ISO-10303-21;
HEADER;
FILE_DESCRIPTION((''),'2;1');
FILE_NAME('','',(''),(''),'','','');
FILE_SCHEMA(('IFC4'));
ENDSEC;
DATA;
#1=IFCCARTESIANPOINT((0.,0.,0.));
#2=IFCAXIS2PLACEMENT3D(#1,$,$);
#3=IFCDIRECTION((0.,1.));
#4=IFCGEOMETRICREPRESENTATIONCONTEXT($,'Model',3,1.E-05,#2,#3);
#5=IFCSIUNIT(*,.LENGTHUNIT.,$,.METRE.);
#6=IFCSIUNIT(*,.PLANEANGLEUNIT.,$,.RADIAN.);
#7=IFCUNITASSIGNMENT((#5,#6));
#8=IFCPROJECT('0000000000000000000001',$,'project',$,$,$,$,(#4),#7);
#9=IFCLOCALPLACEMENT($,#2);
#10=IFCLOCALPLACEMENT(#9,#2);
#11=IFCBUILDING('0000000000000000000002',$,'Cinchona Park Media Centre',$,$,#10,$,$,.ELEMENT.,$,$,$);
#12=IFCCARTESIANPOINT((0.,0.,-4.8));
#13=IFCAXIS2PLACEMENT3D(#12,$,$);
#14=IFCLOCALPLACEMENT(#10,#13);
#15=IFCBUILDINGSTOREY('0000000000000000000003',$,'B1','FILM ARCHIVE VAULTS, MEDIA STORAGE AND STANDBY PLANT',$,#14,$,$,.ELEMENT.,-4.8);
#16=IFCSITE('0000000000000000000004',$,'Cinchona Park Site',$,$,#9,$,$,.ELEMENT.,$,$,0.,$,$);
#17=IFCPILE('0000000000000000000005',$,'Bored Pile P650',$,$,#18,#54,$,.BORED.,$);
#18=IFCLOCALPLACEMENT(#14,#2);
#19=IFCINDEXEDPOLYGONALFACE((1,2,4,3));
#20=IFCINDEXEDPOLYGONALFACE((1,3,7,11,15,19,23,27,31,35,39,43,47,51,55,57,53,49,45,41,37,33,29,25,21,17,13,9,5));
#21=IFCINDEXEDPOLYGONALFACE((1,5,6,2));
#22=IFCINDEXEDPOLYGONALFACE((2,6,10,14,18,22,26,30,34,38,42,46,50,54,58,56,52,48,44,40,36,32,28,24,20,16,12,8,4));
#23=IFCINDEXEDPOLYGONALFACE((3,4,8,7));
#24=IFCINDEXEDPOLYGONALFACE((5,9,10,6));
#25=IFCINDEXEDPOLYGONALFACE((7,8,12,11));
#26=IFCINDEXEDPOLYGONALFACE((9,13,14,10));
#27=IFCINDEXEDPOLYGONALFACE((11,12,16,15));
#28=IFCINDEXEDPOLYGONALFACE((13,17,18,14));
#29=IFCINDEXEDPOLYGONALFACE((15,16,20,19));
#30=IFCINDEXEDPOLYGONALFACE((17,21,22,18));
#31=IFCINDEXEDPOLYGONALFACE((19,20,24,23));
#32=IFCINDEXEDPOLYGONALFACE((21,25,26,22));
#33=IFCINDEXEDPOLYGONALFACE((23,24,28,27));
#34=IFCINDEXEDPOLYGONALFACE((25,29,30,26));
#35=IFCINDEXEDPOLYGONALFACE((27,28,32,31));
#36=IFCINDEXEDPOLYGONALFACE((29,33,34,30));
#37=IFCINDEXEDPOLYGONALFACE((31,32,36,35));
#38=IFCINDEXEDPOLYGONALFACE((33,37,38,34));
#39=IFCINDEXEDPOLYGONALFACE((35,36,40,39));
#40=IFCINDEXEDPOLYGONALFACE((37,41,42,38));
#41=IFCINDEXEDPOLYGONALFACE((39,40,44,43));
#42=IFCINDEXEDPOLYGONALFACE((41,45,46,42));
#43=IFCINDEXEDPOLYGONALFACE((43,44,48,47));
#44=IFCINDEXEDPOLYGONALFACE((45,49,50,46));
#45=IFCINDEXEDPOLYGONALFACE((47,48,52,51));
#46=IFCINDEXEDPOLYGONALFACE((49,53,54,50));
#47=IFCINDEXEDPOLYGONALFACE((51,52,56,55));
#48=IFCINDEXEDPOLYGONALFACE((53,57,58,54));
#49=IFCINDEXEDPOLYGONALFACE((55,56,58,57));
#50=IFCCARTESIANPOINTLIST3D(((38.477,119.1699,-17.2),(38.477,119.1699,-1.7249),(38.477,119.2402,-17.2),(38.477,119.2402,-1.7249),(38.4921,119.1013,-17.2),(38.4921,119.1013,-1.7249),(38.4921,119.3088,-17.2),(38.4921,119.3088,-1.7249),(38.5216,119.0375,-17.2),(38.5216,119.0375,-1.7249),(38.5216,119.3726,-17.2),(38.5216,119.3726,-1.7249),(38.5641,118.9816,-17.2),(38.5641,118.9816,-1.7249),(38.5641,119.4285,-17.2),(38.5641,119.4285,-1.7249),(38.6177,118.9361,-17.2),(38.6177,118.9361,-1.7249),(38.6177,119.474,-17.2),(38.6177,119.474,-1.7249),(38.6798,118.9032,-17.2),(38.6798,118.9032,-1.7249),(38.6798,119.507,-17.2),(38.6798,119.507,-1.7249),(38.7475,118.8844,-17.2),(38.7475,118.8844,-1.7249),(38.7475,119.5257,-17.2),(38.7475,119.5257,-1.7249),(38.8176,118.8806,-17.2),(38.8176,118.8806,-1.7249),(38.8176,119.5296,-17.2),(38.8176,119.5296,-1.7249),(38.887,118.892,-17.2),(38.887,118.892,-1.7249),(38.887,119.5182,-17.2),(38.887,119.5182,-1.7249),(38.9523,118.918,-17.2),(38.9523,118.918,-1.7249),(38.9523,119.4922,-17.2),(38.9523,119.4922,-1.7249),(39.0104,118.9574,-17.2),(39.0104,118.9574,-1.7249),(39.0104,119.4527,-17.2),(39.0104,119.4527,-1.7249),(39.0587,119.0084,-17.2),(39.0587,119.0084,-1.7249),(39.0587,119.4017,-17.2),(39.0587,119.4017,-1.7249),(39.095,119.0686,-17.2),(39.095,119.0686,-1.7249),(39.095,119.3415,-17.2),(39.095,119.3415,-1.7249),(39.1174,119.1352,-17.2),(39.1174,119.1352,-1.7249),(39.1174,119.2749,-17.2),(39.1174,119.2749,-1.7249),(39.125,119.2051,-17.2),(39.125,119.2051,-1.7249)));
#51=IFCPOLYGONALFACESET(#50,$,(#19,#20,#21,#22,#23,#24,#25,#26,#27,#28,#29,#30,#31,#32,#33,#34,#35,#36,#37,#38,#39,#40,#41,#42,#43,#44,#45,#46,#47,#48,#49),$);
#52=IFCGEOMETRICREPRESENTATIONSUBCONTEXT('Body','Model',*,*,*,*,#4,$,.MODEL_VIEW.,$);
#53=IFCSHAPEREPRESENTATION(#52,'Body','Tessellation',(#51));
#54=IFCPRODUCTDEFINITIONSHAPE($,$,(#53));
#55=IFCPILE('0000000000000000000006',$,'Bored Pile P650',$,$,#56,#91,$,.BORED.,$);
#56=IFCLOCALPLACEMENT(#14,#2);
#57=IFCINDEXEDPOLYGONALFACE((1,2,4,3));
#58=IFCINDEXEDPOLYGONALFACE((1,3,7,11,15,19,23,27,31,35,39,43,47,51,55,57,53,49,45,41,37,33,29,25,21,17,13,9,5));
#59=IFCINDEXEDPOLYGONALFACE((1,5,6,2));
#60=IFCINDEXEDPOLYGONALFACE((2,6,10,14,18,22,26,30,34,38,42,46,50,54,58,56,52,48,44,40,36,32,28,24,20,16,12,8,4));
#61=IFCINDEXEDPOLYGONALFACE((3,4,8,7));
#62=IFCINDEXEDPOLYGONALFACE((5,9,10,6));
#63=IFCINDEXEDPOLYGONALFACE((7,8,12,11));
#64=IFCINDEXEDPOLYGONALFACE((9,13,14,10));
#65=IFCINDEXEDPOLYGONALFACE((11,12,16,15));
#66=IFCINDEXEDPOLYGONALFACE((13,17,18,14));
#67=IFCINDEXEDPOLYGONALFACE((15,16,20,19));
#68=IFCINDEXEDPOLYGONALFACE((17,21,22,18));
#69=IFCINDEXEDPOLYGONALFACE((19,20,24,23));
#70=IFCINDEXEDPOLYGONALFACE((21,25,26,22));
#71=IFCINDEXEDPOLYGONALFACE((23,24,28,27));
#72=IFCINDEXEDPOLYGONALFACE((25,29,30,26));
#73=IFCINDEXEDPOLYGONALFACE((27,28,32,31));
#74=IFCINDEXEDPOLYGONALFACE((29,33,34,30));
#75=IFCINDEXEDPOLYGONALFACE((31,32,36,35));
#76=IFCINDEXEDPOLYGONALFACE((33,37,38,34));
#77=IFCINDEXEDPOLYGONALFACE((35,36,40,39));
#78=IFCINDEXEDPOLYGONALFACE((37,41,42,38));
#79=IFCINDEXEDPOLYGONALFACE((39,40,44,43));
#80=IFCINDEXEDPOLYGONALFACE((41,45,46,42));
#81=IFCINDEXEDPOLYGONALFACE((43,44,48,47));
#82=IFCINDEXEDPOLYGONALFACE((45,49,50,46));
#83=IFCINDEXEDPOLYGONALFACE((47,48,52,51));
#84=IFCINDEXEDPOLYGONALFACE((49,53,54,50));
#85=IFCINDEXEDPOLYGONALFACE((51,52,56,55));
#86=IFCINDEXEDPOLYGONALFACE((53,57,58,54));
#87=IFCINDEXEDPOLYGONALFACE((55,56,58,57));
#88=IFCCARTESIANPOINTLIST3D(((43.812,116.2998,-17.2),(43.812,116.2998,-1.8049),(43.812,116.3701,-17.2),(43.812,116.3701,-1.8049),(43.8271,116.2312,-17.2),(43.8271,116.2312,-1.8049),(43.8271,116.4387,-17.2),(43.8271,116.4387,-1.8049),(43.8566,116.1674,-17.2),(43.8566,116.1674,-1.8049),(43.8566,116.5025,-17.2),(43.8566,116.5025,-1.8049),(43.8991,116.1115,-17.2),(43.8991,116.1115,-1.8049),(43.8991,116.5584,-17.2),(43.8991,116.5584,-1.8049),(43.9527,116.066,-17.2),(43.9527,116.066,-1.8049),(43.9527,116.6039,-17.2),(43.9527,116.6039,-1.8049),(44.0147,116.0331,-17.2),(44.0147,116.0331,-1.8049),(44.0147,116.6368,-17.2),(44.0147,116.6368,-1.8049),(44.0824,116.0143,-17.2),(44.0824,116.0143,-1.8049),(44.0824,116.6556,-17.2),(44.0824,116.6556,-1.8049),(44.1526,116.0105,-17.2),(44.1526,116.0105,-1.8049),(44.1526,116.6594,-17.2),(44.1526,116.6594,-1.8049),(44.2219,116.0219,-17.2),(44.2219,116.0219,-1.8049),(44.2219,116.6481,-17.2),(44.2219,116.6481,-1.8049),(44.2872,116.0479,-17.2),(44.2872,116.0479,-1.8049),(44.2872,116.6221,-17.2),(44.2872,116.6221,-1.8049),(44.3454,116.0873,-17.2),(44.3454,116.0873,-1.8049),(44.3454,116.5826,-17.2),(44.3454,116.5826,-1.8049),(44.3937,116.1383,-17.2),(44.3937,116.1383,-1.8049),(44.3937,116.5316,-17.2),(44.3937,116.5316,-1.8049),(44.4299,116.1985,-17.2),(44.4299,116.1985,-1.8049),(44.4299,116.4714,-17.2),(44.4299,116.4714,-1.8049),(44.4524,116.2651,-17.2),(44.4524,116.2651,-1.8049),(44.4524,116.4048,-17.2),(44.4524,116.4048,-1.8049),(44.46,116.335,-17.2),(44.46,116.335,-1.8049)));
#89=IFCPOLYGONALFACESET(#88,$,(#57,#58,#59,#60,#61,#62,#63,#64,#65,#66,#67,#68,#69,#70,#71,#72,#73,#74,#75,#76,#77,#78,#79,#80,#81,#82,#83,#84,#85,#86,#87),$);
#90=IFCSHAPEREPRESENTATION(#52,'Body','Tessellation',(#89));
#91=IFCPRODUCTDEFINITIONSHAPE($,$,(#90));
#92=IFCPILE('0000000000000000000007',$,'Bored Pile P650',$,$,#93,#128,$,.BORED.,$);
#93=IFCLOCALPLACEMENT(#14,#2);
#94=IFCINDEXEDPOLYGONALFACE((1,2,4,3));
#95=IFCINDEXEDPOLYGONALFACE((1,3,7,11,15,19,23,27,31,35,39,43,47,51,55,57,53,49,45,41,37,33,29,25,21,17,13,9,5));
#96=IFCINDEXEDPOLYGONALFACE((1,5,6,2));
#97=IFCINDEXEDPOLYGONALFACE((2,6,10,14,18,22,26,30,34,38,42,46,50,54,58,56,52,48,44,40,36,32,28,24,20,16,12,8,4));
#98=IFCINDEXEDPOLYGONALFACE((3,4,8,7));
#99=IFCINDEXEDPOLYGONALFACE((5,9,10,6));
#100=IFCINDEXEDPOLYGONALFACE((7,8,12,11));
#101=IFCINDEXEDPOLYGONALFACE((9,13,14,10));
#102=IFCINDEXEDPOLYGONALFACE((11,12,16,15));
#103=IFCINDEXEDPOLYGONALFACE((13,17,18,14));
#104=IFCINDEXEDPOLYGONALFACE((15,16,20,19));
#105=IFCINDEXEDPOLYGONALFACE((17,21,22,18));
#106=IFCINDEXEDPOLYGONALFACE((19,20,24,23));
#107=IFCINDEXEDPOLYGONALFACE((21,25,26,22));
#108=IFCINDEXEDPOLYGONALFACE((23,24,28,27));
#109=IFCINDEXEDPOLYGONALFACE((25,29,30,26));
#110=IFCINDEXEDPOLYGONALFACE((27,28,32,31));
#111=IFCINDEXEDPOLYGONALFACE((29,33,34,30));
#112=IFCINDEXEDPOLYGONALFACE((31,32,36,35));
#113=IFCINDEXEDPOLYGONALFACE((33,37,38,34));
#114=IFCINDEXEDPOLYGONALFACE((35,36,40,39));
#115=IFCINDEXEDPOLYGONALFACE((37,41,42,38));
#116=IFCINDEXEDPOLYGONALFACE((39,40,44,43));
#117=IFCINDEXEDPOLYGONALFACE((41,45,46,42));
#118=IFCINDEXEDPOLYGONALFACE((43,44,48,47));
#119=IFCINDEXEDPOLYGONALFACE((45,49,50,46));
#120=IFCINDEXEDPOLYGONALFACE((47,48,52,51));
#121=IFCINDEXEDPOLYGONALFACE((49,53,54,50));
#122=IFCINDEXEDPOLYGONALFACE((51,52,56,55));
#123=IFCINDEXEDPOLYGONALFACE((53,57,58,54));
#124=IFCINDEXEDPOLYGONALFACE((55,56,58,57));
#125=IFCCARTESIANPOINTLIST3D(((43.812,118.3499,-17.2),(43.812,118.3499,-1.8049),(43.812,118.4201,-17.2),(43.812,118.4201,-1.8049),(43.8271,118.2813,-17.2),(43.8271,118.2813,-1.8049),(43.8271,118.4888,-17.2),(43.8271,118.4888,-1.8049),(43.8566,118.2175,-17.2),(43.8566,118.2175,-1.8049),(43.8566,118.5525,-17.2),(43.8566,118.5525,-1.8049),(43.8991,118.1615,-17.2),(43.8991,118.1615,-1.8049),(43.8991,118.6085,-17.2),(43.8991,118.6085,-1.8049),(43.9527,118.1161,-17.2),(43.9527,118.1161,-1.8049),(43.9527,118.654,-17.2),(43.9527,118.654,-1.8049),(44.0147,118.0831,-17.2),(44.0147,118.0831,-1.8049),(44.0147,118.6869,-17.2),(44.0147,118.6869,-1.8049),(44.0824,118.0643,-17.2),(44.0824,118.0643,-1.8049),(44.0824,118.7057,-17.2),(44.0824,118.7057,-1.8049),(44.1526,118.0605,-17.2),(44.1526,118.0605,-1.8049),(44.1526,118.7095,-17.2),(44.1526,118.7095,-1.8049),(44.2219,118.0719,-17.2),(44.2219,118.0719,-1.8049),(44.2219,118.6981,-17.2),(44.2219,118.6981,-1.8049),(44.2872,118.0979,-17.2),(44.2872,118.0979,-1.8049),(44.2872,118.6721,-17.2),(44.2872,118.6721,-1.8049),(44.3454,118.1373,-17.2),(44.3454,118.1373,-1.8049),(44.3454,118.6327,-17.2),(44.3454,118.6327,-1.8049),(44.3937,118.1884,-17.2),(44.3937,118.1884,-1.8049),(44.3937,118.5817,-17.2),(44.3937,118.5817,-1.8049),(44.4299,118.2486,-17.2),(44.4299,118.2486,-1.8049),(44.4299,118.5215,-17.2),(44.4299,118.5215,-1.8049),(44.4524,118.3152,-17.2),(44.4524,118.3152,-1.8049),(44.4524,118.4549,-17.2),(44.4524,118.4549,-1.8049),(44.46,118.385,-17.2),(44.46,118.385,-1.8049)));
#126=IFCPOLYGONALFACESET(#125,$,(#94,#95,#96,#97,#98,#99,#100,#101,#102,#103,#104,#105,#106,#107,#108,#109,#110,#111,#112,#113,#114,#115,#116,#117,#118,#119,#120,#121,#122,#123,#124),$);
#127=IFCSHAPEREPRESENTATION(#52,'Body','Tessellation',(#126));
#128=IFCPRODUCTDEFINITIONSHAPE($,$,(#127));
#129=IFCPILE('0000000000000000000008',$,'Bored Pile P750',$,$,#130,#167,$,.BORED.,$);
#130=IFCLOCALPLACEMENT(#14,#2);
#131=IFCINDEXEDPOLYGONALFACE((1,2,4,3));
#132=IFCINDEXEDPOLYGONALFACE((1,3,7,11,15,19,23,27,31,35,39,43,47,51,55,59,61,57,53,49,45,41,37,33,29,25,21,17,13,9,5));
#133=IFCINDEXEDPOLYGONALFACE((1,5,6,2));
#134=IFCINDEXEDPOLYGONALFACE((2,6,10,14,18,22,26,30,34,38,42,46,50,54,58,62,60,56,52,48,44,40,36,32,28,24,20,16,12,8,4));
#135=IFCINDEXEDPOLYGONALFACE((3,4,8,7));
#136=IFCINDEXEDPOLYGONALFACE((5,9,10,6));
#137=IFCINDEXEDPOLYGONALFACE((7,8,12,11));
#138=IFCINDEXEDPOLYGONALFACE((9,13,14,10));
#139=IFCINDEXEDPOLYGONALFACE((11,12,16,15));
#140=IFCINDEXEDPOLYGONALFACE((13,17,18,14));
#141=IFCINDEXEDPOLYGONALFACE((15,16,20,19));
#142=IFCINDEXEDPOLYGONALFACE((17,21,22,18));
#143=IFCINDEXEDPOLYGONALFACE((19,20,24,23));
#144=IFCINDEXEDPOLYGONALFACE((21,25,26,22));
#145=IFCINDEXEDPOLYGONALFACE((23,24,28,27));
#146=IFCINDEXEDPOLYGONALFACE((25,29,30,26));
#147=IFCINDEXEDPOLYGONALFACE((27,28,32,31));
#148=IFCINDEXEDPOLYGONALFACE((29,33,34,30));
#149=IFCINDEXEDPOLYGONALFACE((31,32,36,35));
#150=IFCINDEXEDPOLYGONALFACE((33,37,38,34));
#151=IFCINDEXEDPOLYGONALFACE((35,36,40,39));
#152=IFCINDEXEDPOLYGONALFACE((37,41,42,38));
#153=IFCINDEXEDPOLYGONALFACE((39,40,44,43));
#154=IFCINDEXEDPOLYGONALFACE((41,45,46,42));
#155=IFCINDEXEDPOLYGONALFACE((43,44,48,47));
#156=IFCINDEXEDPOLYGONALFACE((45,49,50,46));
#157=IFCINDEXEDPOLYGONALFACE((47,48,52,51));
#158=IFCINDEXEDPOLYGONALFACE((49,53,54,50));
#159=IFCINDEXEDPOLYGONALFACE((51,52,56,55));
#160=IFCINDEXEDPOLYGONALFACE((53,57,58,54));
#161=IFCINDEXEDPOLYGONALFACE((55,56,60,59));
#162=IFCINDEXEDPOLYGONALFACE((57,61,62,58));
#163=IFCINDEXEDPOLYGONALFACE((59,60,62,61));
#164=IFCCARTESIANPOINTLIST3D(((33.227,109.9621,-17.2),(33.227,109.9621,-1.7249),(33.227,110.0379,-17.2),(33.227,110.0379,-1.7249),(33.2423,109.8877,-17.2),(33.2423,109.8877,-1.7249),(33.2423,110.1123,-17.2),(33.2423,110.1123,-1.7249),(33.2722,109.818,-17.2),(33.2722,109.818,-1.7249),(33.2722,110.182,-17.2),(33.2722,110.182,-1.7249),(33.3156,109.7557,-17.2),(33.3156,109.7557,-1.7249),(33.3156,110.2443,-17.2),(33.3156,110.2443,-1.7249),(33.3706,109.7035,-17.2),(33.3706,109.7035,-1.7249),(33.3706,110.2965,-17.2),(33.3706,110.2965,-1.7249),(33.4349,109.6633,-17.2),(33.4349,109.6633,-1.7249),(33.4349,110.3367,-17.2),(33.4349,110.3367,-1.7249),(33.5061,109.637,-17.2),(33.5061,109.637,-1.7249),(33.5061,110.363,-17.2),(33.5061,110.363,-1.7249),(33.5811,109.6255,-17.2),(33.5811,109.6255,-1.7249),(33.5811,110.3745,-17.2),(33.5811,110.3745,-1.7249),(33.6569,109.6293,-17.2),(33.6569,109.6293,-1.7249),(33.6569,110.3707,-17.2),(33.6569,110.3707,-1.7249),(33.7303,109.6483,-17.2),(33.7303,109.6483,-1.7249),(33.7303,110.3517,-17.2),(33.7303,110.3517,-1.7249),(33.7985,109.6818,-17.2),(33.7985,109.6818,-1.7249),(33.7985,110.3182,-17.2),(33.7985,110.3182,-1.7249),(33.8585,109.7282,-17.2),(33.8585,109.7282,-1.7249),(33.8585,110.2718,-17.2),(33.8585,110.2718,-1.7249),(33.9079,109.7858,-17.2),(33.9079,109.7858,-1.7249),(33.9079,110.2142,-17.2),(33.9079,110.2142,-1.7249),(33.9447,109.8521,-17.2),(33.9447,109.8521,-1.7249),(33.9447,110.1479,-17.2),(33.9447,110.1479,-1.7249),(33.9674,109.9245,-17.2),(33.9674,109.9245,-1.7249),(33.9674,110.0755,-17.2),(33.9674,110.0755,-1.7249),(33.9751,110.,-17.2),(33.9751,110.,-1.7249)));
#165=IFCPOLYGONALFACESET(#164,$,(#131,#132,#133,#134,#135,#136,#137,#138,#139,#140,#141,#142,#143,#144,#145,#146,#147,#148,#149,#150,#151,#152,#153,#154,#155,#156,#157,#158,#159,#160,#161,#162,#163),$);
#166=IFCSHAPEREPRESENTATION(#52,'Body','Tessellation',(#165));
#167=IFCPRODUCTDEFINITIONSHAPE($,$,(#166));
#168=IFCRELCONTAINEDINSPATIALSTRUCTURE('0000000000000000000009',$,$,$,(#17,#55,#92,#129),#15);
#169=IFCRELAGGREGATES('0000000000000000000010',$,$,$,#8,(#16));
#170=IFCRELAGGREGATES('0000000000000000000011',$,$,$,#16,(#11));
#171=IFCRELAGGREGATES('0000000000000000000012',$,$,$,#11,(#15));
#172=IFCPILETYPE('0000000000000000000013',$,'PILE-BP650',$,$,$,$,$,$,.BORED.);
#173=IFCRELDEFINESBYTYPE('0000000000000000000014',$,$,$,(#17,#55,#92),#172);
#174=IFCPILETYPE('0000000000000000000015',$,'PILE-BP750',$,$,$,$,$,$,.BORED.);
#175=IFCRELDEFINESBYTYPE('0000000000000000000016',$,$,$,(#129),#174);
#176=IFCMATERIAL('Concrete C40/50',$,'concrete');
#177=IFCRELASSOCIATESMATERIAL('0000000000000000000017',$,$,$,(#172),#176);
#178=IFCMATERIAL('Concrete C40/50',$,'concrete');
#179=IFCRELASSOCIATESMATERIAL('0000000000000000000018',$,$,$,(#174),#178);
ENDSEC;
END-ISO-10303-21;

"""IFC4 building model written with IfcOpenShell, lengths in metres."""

from ifc_helpers import new_model, si_unit, direction, frame, origin, origin_2d, place, context, subcontext, project, spatial, circle, extrude, material, material_profile, profile_set, type_object, element, save


model = new_model("IFC4")

# Units and contexts
model_context = context("Model", 3, precision=1e-05, world=origin(), true_north=direction((0.0, 1.0)))
body_context = subcontext(model_context, "Body", "Model", "MODEL_VIEW")
ifc_project = project(units=[si_unit("LENGTHUNIT", "METRE"), si_unit("PLANEANGLEUNIT", "RADIAN")], contexts=[model_context])

# Site, building, storey
site_placement = place(None, origin())
site = spatial("IfcSite", under=ifc_project, at=site_placement, Name="Cinchona Park Site", CompositionType="ELEMENT", RefElevation=0.0)
building_placement = place(site_placement, origin())
building = spatial("IfcBuilding", under=site, at=building_placement, Name="Cinchona Park Media Centre", CompositionType="ELEMENT")
storey_placement = place(building_placement, frame((0.0, 0.0, -4.8)))
storey = spatial("IfcBuildingStorey", under=building, at=storey_placement, Name="B1", Description="FILM ARCHIVE VAULTS, MEDIA STORAGE AND STANDBY PLANT", CompositionType="ELEMENT", Elevation=-4.8)

# Piles
ifc_material_1 = material(Name="Concrete C40/50", Category="concrete")
ifc_material_profile_1 = material_profile(ifc_material_1, circle(Radius=0.325, at=origin_2d()), Name="BORED PILE 650")
ifc_profile_set_1 = profile_set([ifc_material_profile_1], Name="Concrete C40/50")
pile_type_1 = type_object("IfcPileType", Name="PILE-BP650", PredefinedType="BORED", material=ifc_profile_set_1)
for number, where, z_axis, x_axis, name in (
    (1, (38.8, 119.2051, -1.7249), (0.0, 0.0, -1.0), (1.0, 0.0, 0.0), "Bored Pile P650"),
):
    element("IfcPile", number, at=place(storey_placement, frame(where, z_axis=z_axis, x_axis=x_axis)), inside=storey, type_object=pile_type_1, Name=name, PredefinedType="BORED", context=body_context, shape_type="SweptSolid", body=[
        extrude(circle(Radius=0.325, at=origin_2d()), origin(), (0.0, 0.0, 1.0), 15.4751),
    ])
for number, where, z_axis, x_axis, name in (
    (2, (44.135, 116.335, -1.8049), (0.0, 0.0, -1.0), (1.0, 0.0, 0.0), "Bored Pile P650"),
    (3, (44.135, 118.385, -1.8049), (0.0, 0.0, -1.0), (1.0, 0.0, 0.0), "Bored Pile P650"),
):
    element("IfcPile", number, at=place(storey_placement, frame(where, z_axis=z_axis, x_axis=x_axis)), inside=storey, type_object=pile_type_1, Name=name, PredefinedType="BORED", context=body_context, shape_type="SweptSolid", body=[
        extrude(circle(Radius=0.325, at=origin_2d()), origin(), (0.0, 0.0, 1.0), 15.395),
    ])
ifc_material_2 = material(Name="Concrete C40/50", Category="concrete")
ifc_material_profile_2 = material_profile(ifc_material_2, circle(Radius=0.375, at=origin_2d()), Name="BORED PILE 750")
ifc_profile_set_2 = profile_set([ifc_material_profile_2], Name="Concrete C40/50")
pile_type_2 = type_object("IfcPileType", Name="PILE-BP750", PredefinedType="BORED", material=ifc_profile_set_2)
pile_1_placement = place(storey_placement, frame((33.6001, 110.0, -1.7249), z_axis=(0.0, 0.0, -1.0), x_axis=(1.0, 0.0, 0.0)))
element("IfcPile", 4, at=pile_1_placement, inside=storey, type_object=pile_type_2, Name="Bored Pile P750", PredefinedType="BORED", context=body_context, shape_type="SweptSolid", body=[
    extrude(circle(Radius=0.375, at=origin_2d()), origin(), (0.0, 0.0, 1.0), 15.4751),
])

save(model, "model.ifc")
